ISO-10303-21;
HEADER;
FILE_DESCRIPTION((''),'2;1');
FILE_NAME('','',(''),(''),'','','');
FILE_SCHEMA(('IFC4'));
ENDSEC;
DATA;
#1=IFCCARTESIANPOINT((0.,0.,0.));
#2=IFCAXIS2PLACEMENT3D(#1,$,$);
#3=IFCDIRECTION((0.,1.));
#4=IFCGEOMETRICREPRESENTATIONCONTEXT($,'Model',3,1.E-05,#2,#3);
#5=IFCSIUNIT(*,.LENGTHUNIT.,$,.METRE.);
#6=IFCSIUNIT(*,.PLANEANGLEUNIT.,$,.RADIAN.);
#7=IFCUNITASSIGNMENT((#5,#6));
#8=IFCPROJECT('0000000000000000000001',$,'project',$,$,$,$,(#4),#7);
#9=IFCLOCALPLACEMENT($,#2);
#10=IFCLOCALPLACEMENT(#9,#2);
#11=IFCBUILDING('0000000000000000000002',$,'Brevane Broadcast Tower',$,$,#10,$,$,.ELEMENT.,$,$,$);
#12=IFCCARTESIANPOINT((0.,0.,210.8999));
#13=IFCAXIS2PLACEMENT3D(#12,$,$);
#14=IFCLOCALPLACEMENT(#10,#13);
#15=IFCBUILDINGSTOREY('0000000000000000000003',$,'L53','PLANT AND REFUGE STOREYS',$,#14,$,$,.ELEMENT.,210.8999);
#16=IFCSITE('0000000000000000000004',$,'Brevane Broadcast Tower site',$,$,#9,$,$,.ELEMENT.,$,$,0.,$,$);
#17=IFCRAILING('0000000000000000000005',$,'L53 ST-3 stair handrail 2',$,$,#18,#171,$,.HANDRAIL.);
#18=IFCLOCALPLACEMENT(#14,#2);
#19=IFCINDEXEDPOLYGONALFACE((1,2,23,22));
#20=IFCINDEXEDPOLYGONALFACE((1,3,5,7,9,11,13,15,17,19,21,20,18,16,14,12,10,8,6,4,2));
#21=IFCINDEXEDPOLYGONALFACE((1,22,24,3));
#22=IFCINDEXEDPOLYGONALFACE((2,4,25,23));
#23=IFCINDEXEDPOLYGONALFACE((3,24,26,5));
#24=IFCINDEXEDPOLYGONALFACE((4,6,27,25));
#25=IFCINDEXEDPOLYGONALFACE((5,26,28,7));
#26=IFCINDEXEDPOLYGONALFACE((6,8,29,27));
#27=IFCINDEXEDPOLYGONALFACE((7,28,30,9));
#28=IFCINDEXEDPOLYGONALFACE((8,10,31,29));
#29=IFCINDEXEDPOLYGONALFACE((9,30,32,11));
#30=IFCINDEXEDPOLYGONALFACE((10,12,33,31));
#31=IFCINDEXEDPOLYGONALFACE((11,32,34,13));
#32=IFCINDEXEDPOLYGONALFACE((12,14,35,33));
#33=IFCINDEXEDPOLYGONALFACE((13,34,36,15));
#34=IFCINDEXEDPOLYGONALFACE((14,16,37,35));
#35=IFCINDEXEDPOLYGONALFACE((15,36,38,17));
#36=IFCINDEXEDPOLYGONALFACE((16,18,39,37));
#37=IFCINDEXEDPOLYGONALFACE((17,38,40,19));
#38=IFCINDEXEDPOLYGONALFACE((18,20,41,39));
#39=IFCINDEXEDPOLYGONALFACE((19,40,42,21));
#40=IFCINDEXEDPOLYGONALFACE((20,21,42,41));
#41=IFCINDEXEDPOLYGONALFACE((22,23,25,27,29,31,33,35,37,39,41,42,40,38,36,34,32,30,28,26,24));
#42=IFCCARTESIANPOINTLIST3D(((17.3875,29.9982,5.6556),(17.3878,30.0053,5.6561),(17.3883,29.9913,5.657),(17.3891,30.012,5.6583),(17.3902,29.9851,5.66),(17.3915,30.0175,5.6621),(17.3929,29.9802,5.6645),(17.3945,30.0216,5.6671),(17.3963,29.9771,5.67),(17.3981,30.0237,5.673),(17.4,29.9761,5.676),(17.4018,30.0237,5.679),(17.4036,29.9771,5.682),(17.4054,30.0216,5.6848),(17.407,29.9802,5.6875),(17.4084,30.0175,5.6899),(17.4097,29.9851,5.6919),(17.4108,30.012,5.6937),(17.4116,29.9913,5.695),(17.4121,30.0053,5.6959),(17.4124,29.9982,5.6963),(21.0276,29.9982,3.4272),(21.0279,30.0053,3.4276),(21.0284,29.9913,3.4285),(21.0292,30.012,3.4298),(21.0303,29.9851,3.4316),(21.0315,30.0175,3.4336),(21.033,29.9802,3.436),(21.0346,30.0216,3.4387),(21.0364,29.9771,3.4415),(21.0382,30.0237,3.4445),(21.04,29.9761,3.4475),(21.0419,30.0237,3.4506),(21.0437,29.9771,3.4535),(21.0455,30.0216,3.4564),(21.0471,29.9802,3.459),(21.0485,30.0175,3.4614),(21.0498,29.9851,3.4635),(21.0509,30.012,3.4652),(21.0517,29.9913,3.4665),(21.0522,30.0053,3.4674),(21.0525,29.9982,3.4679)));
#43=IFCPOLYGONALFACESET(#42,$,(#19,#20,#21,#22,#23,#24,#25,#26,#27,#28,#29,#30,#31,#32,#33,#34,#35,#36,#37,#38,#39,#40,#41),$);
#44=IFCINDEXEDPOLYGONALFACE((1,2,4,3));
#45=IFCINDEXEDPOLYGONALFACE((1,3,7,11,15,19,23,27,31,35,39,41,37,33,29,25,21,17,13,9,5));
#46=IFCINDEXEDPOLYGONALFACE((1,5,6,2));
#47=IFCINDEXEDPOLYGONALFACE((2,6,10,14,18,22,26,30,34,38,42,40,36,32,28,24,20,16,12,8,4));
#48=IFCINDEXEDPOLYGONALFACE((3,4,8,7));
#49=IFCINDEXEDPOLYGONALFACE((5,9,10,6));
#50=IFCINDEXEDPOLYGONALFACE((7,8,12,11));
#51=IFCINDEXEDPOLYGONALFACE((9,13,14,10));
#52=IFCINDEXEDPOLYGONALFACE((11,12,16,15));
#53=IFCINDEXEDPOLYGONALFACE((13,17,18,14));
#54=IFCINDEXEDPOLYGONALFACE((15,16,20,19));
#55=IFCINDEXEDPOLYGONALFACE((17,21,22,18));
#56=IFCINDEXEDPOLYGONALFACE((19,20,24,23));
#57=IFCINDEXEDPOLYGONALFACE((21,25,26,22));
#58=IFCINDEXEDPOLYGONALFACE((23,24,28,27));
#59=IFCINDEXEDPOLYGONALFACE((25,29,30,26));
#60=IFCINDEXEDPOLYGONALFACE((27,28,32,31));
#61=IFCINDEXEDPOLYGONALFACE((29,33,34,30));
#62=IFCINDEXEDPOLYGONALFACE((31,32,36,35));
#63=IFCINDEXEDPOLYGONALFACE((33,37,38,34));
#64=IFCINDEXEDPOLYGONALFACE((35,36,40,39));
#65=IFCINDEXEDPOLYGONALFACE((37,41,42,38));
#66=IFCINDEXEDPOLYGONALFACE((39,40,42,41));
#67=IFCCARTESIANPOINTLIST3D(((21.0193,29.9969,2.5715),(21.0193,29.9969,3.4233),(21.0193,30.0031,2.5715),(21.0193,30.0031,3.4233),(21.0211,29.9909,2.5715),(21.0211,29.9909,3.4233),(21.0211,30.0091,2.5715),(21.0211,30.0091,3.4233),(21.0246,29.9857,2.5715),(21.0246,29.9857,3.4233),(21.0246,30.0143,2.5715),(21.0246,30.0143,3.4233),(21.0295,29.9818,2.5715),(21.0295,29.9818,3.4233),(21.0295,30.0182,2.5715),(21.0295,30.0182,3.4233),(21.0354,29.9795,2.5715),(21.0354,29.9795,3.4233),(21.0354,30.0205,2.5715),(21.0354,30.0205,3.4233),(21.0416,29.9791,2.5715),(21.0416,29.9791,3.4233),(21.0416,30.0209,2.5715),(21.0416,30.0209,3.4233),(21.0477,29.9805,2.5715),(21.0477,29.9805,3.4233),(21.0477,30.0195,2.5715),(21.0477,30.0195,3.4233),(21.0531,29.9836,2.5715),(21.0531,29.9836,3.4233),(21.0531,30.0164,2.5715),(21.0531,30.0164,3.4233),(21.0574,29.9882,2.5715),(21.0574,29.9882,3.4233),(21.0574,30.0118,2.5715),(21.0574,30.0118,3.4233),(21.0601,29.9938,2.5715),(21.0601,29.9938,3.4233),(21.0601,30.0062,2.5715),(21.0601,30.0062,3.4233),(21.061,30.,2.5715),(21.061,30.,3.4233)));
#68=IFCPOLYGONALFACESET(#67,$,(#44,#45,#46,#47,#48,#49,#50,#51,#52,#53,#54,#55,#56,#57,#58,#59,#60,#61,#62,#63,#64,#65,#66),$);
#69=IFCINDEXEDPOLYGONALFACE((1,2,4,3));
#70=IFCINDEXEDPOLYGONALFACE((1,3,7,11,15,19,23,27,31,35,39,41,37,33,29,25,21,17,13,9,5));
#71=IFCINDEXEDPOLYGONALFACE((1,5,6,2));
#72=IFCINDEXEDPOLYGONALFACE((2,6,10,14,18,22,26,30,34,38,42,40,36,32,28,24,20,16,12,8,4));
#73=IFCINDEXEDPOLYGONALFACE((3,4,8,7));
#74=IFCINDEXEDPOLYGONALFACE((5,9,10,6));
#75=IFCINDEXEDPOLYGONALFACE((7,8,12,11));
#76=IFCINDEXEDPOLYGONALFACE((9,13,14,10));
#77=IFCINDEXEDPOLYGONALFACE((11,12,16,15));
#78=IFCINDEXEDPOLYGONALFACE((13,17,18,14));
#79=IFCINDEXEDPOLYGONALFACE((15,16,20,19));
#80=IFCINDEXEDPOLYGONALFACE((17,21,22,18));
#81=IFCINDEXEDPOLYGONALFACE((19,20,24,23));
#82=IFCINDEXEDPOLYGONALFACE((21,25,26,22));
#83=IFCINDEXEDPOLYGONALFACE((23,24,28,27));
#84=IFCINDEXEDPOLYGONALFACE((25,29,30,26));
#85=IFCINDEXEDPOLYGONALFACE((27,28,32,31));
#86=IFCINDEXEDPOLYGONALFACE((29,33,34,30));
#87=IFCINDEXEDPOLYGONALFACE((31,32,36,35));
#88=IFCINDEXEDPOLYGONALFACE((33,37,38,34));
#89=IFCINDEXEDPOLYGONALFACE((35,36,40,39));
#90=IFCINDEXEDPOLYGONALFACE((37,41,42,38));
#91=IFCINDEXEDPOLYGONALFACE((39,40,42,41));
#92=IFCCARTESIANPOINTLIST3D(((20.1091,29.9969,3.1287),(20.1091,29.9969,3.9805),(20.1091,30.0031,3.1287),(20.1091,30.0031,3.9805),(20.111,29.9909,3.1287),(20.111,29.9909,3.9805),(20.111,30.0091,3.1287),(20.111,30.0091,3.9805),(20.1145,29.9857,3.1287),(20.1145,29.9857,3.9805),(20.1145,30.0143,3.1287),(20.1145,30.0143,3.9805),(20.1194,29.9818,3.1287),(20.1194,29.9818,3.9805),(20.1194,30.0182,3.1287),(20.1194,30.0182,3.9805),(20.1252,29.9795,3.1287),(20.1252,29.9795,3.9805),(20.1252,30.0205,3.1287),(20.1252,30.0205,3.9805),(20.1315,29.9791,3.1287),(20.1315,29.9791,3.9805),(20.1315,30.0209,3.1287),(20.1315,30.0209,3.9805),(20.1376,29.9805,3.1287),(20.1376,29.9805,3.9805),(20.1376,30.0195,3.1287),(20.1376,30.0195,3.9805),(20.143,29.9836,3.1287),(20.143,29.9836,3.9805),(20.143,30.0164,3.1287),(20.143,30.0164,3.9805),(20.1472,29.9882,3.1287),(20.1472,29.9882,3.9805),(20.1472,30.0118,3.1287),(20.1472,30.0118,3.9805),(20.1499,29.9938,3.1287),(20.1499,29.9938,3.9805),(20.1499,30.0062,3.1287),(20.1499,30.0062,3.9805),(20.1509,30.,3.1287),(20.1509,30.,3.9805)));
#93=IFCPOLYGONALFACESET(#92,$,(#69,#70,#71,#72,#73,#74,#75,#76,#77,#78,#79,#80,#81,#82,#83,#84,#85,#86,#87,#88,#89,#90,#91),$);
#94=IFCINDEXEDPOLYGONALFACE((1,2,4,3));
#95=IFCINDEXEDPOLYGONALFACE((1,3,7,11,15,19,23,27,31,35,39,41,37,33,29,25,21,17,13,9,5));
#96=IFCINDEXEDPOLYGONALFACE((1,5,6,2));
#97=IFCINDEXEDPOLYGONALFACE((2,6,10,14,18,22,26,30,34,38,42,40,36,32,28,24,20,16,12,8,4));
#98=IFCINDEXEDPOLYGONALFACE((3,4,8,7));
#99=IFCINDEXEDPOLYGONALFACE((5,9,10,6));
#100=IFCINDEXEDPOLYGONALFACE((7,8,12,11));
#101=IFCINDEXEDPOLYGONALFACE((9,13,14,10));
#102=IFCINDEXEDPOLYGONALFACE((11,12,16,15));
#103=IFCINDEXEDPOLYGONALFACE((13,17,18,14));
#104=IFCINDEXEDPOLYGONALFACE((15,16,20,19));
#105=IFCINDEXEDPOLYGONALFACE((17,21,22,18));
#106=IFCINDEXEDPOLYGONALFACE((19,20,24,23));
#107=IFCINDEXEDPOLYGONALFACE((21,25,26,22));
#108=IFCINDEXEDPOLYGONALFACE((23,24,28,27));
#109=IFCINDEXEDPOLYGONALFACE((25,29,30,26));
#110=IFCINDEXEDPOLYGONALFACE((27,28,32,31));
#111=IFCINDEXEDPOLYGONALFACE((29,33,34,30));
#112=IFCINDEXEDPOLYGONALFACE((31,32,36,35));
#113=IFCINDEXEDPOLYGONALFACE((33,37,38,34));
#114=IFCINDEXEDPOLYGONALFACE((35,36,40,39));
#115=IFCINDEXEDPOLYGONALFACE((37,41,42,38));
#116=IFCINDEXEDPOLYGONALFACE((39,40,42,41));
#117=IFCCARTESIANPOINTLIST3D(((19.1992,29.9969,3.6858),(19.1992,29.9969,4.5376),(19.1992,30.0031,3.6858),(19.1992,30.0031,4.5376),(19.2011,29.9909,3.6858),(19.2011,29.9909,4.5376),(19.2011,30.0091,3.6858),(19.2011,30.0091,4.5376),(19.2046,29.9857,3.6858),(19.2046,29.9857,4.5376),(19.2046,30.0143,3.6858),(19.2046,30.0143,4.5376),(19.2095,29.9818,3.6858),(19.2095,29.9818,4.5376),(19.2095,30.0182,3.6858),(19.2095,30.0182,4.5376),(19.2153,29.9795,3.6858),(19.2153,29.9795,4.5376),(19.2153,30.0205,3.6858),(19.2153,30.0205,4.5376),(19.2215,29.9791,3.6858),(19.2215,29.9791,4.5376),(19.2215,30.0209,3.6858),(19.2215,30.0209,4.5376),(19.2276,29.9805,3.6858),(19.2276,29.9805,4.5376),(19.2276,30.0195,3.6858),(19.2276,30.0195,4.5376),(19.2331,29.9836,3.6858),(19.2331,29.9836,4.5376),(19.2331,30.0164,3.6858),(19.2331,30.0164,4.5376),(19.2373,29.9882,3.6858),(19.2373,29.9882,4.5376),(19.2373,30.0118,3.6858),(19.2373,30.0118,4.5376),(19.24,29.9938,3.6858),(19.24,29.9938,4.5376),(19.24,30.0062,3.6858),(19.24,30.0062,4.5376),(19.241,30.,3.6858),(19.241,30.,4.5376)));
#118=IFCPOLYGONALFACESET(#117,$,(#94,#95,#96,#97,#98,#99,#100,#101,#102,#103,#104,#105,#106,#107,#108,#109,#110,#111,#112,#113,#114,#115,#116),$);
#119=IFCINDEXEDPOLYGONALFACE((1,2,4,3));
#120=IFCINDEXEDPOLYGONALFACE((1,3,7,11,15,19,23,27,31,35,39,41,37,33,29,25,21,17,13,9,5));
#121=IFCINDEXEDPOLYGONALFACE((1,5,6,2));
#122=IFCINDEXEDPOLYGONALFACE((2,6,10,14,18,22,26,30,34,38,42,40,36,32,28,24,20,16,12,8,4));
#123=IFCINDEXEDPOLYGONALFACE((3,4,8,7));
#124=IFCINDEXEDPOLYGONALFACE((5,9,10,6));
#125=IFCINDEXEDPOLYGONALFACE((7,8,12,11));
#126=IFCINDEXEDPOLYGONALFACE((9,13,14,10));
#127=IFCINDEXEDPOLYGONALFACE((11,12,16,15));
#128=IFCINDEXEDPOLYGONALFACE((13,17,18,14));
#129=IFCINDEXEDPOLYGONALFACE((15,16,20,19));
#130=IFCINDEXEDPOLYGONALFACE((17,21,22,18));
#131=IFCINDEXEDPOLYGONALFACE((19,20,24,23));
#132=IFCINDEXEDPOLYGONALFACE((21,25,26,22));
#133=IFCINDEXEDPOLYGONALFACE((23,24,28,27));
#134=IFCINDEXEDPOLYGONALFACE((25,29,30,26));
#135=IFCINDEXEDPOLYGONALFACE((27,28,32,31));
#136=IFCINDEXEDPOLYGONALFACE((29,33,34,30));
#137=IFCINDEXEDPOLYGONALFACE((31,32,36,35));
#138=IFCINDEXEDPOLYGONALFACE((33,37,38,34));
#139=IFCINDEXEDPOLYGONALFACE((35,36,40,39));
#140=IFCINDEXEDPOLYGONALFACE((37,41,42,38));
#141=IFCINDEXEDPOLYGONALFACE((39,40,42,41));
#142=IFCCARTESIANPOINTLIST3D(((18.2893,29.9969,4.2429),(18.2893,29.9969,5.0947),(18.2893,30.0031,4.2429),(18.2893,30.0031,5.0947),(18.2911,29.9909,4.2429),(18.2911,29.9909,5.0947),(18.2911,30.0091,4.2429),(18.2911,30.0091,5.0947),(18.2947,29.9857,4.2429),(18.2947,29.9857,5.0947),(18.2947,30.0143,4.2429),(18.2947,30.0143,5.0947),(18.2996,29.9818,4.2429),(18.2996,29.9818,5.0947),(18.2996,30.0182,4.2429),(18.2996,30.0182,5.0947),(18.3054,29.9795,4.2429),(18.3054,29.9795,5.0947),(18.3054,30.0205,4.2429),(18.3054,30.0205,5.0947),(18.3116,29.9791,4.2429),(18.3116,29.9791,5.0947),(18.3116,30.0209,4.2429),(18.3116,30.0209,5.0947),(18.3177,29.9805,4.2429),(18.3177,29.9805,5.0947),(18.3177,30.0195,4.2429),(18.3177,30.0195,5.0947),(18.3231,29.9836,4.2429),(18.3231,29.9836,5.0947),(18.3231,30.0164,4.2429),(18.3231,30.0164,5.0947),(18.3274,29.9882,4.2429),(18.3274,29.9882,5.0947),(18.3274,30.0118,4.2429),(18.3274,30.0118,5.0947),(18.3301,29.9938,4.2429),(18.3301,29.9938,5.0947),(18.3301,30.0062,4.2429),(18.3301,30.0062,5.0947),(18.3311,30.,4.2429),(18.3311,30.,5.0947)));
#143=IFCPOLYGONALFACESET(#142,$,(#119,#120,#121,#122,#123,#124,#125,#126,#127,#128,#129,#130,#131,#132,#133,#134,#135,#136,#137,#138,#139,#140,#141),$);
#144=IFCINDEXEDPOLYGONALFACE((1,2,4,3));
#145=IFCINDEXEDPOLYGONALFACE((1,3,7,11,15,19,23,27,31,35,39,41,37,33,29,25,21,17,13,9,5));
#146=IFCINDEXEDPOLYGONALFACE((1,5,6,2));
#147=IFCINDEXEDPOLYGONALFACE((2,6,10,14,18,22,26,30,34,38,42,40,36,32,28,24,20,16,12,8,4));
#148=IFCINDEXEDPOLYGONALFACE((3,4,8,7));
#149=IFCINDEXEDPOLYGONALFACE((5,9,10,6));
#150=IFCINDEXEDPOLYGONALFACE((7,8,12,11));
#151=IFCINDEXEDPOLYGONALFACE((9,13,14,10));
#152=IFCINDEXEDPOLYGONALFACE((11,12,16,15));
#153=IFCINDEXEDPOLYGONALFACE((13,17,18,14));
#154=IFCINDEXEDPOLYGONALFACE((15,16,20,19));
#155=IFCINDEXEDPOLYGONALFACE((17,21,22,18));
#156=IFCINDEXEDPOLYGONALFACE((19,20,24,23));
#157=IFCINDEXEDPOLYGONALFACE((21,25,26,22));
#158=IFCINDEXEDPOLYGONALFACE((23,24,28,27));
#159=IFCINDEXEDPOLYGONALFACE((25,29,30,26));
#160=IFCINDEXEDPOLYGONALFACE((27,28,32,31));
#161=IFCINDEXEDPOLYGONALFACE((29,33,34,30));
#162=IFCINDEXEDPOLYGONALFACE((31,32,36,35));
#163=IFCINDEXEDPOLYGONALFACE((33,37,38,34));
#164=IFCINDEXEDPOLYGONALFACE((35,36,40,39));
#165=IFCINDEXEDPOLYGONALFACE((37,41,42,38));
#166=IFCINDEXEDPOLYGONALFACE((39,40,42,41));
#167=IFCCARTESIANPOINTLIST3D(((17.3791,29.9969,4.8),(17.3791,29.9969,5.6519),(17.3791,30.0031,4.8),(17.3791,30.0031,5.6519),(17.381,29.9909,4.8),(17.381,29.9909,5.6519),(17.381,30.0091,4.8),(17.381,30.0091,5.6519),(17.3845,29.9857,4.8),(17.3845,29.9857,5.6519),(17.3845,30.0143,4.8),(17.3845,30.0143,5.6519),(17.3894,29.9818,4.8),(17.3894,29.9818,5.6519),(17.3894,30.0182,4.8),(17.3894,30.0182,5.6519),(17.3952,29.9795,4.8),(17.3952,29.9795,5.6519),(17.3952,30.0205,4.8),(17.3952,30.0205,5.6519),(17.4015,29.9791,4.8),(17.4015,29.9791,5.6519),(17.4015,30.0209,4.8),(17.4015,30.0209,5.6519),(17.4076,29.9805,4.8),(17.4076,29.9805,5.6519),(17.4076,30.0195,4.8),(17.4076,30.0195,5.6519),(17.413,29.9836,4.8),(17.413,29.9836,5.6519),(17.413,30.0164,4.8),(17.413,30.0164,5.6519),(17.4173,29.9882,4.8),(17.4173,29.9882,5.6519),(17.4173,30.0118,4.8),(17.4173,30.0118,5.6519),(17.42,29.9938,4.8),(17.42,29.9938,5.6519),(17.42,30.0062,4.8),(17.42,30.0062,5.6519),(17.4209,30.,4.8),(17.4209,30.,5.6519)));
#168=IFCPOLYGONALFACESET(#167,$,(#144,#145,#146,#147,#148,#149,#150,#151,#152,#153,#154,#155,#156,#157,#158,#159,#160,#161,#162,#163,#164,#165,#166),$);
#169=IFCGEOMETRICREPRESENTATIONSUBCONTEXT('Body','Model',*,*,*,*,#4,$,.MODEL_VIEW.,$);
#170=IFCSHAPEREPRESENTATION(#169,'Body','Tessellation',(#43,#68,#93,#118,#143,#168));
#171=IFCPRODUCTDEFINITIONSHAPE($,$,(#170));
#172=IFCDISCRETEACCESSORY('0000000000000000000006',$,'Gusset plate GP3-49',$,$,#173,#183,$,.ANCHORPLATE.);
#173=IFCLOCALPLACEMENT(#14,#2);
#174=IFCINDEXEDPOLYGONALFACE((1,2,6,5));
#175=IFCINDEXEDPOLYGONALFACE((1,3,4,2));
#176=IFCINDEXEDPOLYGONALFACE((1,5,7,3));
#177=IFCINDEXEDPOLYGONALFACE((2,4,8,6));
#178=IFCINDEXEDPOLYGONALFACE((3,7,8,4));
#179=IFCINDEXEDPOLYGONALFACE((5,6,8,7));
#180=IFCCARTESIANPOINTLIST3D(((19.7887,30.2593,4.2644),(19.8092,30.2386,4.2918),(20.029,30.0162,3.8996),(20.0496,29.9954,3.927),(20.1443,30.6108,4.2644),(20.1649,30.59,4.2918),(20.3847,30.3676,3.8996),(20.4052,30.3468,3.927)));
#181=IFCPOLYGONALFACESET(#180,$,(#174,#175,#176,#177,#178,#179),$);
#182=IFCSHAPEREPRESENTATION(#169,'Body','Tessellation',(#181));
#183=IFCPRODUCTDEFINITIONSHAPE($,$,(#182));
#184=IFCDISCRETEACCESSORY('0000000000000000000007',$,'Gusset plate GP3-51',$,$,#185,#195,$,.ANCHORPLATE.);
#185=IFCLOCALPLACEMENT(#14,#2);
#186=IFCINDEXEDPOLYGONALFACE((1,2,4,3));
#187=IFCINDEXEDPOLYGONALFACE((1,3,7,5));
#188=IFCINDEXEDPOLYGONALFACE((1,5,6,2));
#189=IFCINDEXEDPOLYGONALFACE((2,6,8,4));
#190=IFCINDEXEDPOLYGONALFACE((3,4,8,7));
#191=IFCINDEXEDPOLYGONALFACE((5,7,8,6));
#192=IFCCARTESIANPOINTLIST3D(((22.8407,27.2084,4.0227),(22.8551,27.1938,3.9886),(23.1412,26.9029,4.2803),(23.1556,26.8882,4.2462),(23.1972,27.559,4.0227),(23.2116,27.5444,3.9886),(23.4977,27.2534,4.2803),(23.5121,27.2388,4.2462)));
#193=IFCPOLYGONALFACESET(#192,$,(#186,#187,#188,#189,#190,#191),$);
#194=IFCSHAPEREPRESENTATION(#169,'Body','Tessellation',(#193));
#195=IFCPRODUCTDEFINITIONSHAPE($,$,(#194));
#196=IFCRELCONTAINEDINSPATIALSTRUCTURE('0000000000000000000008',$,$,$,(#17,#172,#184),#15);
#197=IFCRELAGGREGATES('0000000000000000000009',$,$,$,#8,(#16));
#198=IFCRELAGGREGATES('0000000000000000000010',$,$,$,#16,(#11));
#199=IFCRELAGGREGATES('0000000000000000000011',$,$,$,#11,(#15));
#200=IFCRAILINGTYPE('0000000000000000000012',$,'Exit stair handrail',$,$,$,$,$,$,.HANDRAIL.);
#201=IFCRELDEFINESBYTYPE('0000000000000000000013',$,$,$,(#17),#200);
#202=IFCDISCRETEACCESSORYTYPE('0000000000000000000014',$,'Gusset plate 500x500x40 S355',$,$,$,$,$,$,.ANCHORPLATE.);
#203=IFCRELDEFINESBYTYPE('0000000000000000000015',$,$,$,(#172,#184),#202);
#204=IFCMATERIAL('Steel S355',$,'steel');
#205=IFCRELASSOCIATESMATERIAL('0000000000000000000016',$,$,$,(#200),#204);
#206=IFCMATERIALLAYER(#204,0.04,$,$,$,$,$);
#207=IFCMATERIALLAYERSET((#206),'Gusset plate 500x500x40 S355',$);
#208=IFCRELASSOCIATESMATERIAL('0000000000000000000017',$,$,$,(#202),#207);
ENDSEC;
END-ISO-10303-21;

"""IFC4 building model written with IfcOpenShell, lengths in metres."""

from ifc_helpers import new_model, si_unit, direction, frame, origin, origin_2d, place, context, subcontext, project, spatial, rectangle, circle, extrude, material, layer, layer_set, type_object, element, save


model = new_model("IFC4")

# Units and contexts
model_context = context("Model", 3, precision=1e-05, world=origin(), true_north=direction((0.0, 1.0)))
body_context = subcontext(model_context, "Body", "Model", "MODEL_VIEW")
ifc_project = project(units=[si_unit("LENGTHUNIT", "METRE"), si_unit("PLANEANGLEUNIT", "RADIAN")], contexts=[model_context])

# Site, building, storey
site_placement = place(None, origin())
site = spatial("IfcSite", under=ifc_project, at=site_placement, Name="Brevane Broadcast Tower site", CompositionType="ELEMENT", RefElevation=0.0)
building_placement = place(site_placement, origin())
building = spatial("IfcBuilding", under=site, at=building_placement, Name="Brevane Broadcast Tower", CompositionType="ELEMENT")
storey_placement = place(building_placement, frame((0.0, 0.0, 210.8999)))
storey = spatial("IfcBuildingStorey", under=building, at=storey_placement, Name="L53", Description="PLANT AND REFUGE STOREYS", CompositionType="ELEMENT", Elevation=210.8999)

# Railing
ifc_material_1 = material(Name="Steel S355", Category="steel")
railing_type_1 = type_object("IfcRailingType", Name="Exit stair handrail", PredefinedType="HANDRAIL", material=ifc_material_1)
railing_1_placement = place(storey_placement, frame((21.04, 30.0, 2.5715)))
element("IfcRailing", 1, at=railing_1_placement, inside=storey, type_object=railing_type_1, Name="L53 ST-3 stair handrail 2", PredefinedType="HANDRAIL", context=body_context, shape_type="SweptSolid", body=[
    extrude(circle(Radius=0.0239, at=origin_2d()), frame((0.0, 0.0, 0.876), z_axis=(-0.852866, 0.0, 0.52213), x_axis=(0.0, -1.0, 0.0)), (0.0, 0.0, 1.0), 4.2681),
    extrude(circle(Radius=0.021, at=origin_2d()), origin(), (0.0, 0.0, 1.0), 0.8518),
    extrude(circle(Radius=0.021, at=origin_2d()), frame((-0.9102, 0.0, 0.5571)), (0.0, 0.0, 1.0), 0.8518),
    extrude(circle(Radius=0.021, at=origin_2d()), frame((-1.8201, 0.0, 1.1143)), (0.0, 0.0, 1.0), 0.8518),
    extrude(circle(Radius=0.021, at=origin_2d()), frame((-2.73, 0.0, 1.6714)), (0.0, 0.0, 1.0), 0.8518),
    extrude(circle(Radius=0.021, at=origin_2d()), frame((-3.6401, 0.0, 2.2285)), (0.0, 0.0, 1.0), 0.8518),
])

# Discrete accessories
ifc_layer_1 = layer(ifc_material_1, 0.04)
ifc_layer_set_1 = layer_set([ifc_layer_1], Name="Gusset plate 500x500x40 S355")
discrete_accessory_type = type_object("IfcDiscreteAccessoryType", Name="Gusset plate 500x500x40 S355", PredefinedType="ANCHORPLATE", material=ifc_layer_set_1)
discrete_accessory_1_placement = place(storey_placement, frame((20.0867, 30.3135, 4.082), z_axis=(0.512873, -0.518978, 0.68383), x_axis=(0.711278, 0.70291, 0.0)))
element("IfcDiscreteAccessory", 2, at=discrete_accessory_1_placement, inside=storey, type_object=discrete_accessory_type, Name="Gusset plate GP3-49", PredefinedType="ANCHORPLATE", context=body_context, shape_type="SweptSolid", body=[
    extrude(rectangle(XDim=0.5, YDim=0.5, at=origin_2d()), origin(), (0.0, 0.0, 1.0), 0.04),
])
discrete_accessory_2_placement = place(storey_placement, frame((23.1836, 27.2163, 4.1174), z_axis=(-0.361203, 0.367325, 0.857091), x_axis=(-0.713024, -0.70114, 0.0)))
element("IfcDiscreteAccessory", 3, at=discrete_accessory_2_placement, inside=storey, type_object=discrete_accessory_type, Name="Gusset plate GP3-51", PredefinedType="ANCHORPLATE", context=body_context, shape_type="SweptSolid", body=[
    extrude(rectangle(XDim=0.5, YDim=0.5, at=origin_2d()), origin(), (0.0, 0.0, 1.0), 0.0398),
])

save(model, "model.ifc")
